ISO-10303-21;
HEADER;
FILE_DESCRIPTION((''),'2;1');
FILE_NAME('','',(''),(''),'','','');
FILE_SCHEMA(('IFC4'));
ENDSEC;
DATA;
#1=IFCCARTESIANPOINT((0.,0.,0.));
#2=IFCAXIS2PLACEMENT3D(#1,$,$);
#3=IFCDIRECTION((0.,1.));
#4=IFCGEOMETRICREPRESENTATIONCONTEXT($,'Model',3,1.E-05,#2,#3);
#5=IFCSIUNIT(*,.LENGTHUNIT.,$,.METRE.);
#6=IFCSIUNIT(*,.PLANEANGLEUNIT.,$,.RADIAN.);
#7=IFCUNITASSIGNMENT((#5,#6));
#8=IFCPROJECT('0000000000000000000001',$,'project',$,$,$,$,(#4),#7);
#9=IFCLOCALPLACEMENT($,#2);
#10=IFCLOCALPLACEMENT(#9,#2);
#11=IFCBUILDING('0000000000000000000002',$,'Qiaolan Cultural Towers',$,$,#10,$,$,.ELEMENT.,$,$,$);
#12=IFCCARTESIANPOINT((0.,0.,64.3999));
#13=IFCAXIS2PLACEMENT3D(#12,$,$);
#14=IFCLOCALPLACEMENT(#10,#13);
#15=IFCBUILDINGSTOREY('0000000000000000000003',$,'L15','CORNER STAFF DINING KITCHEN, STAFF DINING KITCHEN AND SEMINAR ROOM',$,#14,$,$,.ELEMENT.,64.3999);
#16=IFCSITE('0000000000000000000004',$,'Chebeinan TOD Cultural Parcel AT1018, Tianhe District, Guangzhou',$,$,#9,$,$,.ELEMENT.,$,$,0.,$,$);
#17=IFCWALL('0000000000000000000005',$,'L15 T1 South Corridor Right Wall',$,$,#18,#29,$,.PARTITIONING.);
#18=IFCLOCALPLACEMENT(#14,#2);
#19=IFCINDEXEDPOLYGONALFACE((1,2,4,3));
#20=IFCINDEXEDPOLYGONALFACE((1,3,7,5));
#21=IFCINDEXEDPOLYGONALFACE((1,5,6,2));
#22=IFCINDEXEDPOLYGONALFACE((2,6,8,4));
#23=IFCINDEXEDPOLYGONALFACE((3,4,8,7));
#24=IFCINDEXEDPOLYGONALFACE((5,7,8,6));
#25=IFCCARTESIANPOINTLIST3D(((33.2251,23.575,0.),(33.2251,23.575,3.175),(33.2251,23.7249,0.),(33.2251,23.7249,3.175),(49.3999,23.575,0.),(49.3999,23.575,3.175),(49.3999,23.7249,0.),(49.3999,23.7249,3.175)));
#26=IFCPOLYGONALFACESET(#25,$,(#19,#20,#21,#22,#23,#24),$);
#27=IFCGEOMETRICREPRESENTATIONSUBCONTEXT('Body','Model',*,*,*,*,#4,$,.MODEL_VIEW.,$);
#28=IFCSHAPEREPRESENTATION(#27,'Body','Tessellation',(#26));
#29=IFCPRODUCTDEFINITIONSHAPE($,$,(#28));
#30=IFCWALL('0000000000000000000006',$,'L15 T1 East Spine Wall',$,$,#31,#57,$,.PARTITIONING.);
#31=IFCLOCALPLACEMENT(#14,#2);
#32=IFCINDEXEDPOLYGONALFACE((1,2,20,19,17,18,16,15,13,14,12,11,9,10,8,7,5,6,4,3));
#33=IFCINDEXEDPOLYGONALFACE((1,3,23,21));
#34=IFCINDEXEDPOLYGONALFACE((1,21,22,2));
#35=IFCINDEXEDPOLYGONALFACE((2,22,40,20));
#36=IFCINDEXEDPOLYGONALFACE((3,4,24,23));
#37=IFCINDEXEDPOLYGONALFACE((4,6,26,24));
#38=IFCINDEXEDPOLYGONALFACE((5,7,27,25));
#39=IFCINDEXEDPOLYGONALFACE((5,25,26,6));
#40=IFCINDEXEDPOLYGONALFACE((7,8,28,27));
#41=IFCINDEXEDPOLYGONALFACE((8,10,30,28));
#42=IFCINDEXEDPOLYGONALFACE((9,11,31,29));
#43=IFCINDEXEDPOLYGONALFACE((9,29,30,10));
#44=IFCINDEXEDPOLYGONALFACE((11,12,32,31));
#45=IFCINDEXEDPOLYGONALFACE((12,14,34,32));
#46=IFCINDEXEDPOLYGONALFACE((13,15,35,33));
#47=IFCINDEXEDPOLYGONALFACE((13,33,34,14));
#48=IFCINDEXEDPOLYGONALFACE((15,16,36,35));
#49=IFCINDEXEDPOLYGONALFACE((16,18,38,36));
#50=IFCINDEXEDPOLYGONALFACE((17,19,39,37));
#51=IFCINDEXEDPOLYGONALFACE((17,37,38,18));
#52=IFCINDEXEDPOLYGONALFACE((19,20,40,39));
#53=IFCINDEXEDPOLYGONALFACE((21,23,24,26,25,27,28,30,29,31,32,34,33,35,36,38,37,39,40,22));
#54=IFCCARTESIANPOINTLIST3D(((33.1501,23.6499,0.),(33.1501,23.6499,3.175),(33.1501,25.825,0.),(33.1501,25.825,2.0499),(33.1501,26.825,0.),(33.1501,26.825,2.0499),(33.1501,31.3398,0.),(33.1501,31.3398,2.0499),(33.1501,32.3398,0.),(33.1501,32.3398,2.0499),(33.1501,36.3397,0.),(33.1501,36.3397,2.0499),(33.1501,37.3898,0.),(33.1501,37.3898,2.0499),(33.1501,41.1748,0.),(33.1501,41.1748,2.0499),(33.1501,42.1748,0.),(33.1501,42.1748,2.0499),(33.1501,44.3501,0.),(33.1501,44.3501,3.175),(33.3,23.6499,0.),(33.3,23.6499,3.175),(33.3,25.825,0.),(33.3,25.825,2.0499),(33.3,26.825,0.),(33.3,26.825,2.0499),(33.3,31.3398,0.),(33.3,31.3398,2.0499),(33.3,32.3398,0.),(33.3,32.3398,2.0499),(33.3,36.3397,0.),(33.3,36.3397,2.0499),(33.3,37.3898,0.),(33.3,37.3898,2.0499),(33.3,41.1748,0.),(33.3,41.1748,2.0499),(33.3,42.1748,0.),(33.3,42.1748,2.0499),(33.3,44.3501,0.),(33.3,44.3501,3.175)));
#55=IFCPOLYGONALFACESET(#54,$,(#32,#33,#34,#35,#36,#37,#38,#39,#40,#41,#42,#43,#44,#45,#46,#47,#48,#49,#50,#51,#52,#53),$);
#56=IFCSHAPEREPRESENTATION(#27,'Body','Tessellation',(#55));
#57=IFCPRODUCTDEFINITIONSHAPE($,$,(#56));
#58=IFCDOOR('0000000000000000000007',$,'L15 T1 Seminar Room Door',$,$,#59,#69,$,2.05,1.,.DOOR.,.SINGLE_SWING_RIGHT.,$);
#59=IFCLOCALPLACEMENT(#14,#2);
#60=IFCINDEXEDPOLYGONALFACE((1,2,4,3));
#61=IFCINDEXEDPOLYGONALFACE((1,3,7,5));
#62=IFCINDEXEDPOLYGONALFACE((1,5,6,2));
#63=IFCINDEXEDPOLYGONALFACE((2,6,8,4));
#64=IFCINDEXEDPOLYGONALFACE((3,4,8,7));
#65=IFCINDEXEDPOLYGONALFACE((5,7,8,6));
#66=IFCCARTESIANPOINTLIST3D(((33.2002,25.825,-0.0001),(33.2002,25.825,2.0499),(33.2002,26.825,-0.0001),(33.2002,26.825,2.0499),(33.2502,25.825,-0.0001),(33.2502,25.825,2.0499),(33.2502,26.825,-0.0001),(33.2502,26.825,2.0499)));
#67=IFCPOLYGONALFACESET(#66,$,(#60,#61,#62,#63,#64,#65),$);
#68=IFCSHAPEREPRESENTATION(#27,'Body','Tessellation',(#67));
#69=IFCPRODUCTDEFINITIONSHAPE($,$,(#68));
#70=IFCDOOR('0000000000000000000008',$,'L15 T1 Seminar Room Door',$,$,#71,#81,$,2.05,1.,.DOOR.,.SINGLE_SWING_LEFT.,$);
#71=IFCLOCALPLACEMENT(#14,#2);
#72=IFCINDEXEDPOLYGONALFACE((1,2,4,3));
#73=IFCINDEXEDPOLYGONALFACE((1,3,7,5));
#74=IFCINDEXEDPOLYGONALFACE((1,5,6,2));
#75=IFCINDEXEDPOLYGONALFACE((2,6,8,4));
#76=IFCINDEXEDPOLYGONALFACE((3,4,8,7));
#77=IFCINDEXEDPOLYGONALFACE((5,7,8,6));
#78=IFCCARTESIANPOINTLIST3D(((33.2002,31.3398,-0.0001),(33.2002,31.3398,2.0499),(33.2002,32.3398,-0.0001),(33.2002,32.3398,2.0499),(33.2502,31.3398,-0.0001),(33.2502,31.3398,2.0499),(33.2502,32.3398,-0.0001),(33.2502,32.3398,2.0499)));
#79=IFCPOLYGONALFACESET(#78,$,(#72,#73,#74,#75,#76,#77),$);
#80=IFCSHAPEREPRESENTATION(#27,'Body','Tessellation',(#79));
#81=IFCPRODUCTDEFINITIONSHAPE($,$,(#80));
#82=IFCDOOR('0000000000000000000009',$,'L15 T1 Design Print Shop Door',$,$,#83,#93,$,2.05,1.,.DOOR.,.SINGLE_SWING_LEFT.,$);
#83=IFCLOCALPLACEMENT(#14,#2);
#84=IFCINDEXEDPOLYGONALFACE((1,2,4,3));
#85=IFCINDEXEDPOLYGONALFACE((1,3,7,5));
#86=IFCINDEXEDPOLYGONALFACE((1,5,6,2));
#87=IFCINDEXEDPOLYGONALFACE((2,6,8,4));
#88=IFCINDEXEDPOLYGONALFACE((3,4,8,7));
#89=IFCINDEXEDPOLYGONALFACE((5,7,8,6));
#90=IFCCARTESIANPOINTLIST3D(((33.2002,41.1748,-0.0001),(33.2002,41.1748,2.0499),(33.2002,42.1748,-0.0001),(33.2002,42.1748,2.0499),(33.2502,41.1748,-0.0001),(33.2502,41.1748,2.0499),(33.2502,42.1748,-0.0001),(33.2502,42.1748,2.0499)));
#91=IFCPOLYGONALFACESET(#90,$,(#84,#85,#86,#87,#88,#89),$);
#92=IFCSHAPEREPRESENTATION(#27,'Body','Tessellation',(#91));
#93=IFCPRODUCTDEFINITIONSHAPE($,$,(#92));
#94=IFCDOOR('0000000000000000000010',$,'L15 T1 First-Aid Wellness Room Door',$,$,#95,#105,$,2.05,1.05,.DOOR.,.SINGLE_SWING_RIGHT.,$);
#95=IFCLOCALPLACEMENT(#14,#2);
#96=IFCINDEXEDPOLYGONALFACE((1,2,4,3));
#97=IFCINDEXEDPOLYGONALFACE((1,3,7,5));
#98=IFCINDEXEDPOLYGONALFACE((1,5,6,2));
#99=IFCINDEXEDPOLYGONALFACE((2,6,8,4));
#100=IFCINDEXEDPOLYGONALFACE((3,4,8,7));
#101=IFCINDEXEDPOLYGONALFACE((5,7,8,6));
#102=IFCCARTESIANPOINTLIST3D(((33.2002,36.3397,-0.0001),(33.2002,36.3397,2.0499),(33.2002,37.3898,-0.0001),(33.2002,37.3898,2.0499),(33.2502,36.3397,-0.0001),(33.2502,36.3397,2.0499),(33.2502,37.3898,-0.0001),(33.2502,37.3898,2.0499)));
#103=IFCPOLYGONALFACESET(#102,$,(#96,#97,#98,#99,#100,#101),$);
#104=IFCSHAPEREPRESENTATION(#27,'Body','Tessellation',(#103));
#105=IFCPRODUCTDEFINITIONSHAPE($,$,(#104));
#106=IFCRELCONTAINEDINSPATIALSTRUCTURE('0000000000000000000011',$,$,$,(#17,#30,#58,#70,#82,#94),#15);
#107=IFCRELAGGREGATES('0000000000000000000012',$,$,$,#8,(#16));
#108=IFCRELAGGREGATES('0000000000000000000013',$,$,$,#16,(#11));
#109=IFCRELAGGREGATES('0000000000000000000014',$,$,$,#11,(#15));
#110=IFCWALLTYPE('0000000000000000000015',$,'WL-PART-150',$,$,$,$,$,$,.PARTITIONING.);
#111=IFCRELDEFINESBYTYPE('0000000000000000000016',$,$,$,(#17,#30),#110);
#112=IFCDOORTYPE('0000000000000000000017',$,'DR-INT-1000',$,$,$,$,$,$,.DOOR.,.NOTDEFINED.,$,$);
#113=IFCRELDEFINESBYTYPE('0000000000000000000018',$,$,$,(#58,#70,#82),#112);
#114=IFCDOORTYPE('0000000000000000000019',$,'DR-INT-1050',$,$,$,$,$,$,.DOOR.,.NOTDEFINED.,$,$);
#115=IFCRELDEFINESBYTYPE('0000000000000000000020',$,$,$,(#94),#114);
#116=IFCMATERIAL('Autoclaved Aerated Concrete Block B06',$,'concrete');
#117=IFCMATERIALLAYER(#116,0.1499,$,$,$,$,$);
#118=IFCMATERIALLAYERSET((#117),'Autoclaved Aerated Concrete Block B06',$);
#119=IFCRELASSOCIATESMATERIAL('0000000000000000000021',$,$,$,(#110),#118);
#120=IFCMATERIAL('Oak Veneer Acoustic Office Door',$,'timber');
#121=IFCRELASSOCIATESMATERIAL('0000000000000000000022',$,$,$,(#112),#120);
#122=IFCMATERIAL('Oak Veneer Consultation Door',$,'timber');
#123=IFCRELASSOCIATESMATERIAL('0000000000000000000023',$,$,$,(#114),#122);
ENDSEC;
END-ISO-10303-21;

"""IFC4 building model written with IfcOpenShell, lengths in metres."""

from ifc_helpers import new_model, si_unit, direction, frame, frame_2d, origin, place, context, subcontext, project, spatial, rectangle, extrude, material, layer, layer_set, type_object, element, fill, save


model = new_model("IFC4")

# Units and contexts
model_context = context("Model", 3, precision=1e-05, world=origin(), true_north=direction((0.0, 1.0)))
body_context = subcontext(model_context, "Body", "Model", "MODEL_VIEW")
ifc_project = project(units=[si_unit("LENGTHUNIT", "METRE"), si_unit("PLANEANGLEUNIT", "RADIAN")], contexts=[model_context])

# Site, building, storey
site_placement = place(None, origin())
site = spatial("IfcSite", under=ifc_project, at=site_placement, Name="Chebeinan TOD Cultural Parcel AT1018, Tianhe District, Guangzhou", CompositionType="ELEMENT", RefElevation=0.0)
building_placement = place(site_placement, origin())
building = spatial("IfcBuilding", under=site, at=building_placement, Name="Qiaolan Cultural Towers", CompositionType="ELEMENT")
storey_placement = place(building_placement, frame((0.0, 0.0, 64.3999)))
storey = spatial("IfcBuildingStorey", under=building, at=storey_placement, Name="L15", Description="CORNER STAFF DINING KITCHEN, STAFF DINING KITCHEN AND SEMINAR ROOM", CompositionType="ELEMENT", Elevation=64.3999)

# Shared definitions
ifc_material_1 = material(Name="Autoclaved Aerated Concrete Block B06", Category="concrete")
ifc_layer_1 = layer(ifc_material_1, 0.1499)
ifc_layer_set_1 = layer_set([ifc_layer_1], Name="Autoclaved Aerated Concrete Block B06")
wall_type_1 = type_object("IfcWallType", Name="WL-PART-150", PredefinedType="PARTITIONING", material=ifc_layer_set_1)

# Shared definitions
ifc_material_2 = material(Name="Oak Veneer Acoustic Office Door", Category="timber")
door_type_1 = type_object("IfcDoorType", Name="DR-INT-1000", OperationType="NOTDEFINED", PredefinedType="DOOR", material=ifc_material_2)

# Wall
wall_1_placement = place(storey_placement, frame((33.2251, 23.6499, 0.0), z_axis=(0.0, 0.0, 1.0), x_axis=(1.0, 0.0, 0.0)))
element("IfcWall", 1, at=wall_1_placement, inside=storey, type_object=wall_type_1, Name="L15 T1 South Corridor Right Wall", PredefinedType="PARTITIONING", context=body_context, shape_type="SweptSolid", body=[
    extrude(rectangle(XDim=16.1748, YDim=0.1499, at=frame_2d((8.0874, 0.0))), origin(), (0.0, 0.0, 1.0), 3.175),
])

# Wall, openings, doors
wall_2_placement = place(storey_placement, frame((33.2251, 23.6499, 0.0), z_axis=(0.0, 0.0, 1.0), x_axis=(0.0, 1.0, 0.0)))
wall_2 = element("IfcWall", 2, at=wall_2_placement, inside=storey, type_object=wall_type_1, Name="L15 T1 East Spine Wall", PredefinedType="PARTITIONING", context=body_context, shape_type="SweptSolid", body=[
    extrude(rectangle(XDim=20.7002, YDim=0.1499, at=frame_2d((10.3501, 0.0))), origin(), (0.0, 0.0, 1.0), 3.175),
])
opening_1_placement = place(wall_2_placement, frame((2.175, 0.0, 0.0)))
opening_1 = element("IfcOpeningElement", 3, at=opening_1_placement, cuts=wall_2, PredefinedType="OPENING", context=body_context, shape_type="SweptSolid", body=[
    extrude(rectangle(XDim=1.0, YDim=2.05, at=frame_2d((0.5, 1.0249))), frame((0.0, 0.085, 0.0), z_axis=(0.0, -1.0, 0.0), x_axis=(1.0, 0.0, 0.0)), (0.0, 0.0, 1.0), 0.1699),
])
opening_2_placement = place(wall_2_placement, frame((7.6899, 0.0, 0.0)))
opening_2 = element("IfcOpeningElement", 4, at=opening_2_placement, cuts=wall_2, PredefinedType="OPENING", context=body_context, shape_type="SweptSolid", body=[
    extrude(rectangle(XDim=1.0, YDim=2.05, at=frame_2d((0.5, 1.0249))), frame((0.0, 0.085, 0.0), z_axis=(0.0, -1.0, 0.0), x_axis=(1.0, 0.0, 0.0)), (0.0, 0.0, 1.0), 0.1699),
])
opening_3_placement = place(wall_2_placement, frame((12.6899, 0.0, 0.0)))
opening_3 = element("IfcOpeningElement", 5, at=opening_3_placement, cuts=wall_2, PredefinedType="OPENING", context=body_context, shape_type="SweptSolid", body=[
    extrude(rectangle(XDim=1.05, YDim=2.05, at=frame_2d((0.5249, 1.0249))), frame((0.0, 0.085, 0.0), z_axis=(0.0, -1.0, 0.0), x_axis=(1.0, 0.0, 0.0)), (0.0, 0.0, 1.0), 0.1699),
])
opening_4_placement = place(wall_2_placement, frame((17.5249, 0.0, 0.0)))
opening_4 = element("IfcOpeningElement", 6, at=opening_4_placement, cuts=wall_2, PredefinedType="OPENING", context=body_context, shape_type="SweptSolid", body=[
    extrude(rectangle(XDim=1.0, YDim=2.05, at=frame_2d((0.5, 1.0249))), frame((0.0, 0.085, 0.0), z_axis=(0.0, -1.0, 0.0), x_axis=(1.0, 0.0, 0.0)), (0.0, 0.0, 1.0), 0.1699),
])
door_1_placement = place(opening_1_placement, origin())
door_1 = element("IfcDoor", 7, at=door_1_placement, inside=storey, type_object=door_type_1, Name="L15 T1 Seminar Room Door", OperationType="SINGLE_SWING_RIGHT", OverallHeight=2.05, OverallWidth=1.0, PredefinedType="DOOR", context=body_context, shape_type="SweptSolid", body=[
    extrude(rectangle(XDim=1.0, YDim=2.05, at=frame_2d((0.5, 1.0249))), frame((0.0, 0.0249, 0.0), z_axis=(0.0, -1.0, 0.0), x_axis=(1.0, 0.0, 0.0)), (0.0, 0.0, 1.0), 0.05),
])
fill(opening_1, door_1)
door_2_placement = place(opening_2_placement, origin())
door_2 = element("IfcDoor", 8, at=door_2_placement, inside=storey, type_object=door_type_1, Name="L15 T1 Seminar Room Door", OperationType="SINGLE_SWING_LEFT", OverallHeight=2.05, OverallWidth=1.0, PredefinedType="DOOR", context=body_context, shape_type="SweptSolid", body=[
    extrude(rectangle(XDim=1.0, YDim=2.05, at=frame_2d((0.5, 1.0249))), frame((0.0, 0.0249, 0.0), z_axis=(0.0, -1.0, 0.0), x_axis=(1.0, 0.0, 0.0)), (0.0, 0.0, 1.0), 0.05),
])
fill(opening_2, door_2)
door_3_placement = place(opening_4_placement, origin())
door_3 = element("IfcDoor", 9, at=door_3_placement, inside=storey, type_object=door_type_1, Name="L15 T1 Design Print Shop Door", OperationType="SINGLE_SWING_LEFT", OverallHeight=2.05, OverallWidth=1.0, PredefinedType="DOOR", context=body_context, shape_type="SweptSolid", body=[
    extrude(rectangle(XDim=1.0, YDim=2.05, at=frame_2d((0.5, 1.0249))), frame((0.0, 0.0249, 0.0), z_axis=(0.0, -1.0, 0.0), x_axis=(1.0, 0.0, 0.0)), (0.0, 0.0, 1.0), 0.05),
])
fill(opening_4, door_3)
ifc_material_3 = material(Name="Oak Veneer Consultation Door", Category="timber")
door_type_2 = type_object("IfcDoorType", Name="DR-INT-1050", OperationType="NOTDEFINED", PredefinedType="DOOR", material=ifc_material_3)
door_4_placement = place(opening_3_placement, origin())
door_4 = element("IfcDoor", 10, at=door_4_placement, inside=storey, type_object=door_type_2, Name="L15 T1 First-Aid Wellness Room Door", OperationType="SINGLE_SWING_RIGHT", OverallHeight=2.05, OverallWidth=1.05, PredefinedType="DOOR", context=body_context, shape_type="SweptSolid", body=[
    extrude(rectangle(XDim=1.05, YDim=2.05, at=frame_2d((0.5249, 1.0249))), frame((0.0, 0.0249, 0.0), z_axis=(0.0, -1.0, 0.0), x_axis=(1.0, 0.0, 0.0)), (0.0, 0.0, 1.0), 0.05),
])
fill(opening_3, door_4)

save(model, "model.ifc")
